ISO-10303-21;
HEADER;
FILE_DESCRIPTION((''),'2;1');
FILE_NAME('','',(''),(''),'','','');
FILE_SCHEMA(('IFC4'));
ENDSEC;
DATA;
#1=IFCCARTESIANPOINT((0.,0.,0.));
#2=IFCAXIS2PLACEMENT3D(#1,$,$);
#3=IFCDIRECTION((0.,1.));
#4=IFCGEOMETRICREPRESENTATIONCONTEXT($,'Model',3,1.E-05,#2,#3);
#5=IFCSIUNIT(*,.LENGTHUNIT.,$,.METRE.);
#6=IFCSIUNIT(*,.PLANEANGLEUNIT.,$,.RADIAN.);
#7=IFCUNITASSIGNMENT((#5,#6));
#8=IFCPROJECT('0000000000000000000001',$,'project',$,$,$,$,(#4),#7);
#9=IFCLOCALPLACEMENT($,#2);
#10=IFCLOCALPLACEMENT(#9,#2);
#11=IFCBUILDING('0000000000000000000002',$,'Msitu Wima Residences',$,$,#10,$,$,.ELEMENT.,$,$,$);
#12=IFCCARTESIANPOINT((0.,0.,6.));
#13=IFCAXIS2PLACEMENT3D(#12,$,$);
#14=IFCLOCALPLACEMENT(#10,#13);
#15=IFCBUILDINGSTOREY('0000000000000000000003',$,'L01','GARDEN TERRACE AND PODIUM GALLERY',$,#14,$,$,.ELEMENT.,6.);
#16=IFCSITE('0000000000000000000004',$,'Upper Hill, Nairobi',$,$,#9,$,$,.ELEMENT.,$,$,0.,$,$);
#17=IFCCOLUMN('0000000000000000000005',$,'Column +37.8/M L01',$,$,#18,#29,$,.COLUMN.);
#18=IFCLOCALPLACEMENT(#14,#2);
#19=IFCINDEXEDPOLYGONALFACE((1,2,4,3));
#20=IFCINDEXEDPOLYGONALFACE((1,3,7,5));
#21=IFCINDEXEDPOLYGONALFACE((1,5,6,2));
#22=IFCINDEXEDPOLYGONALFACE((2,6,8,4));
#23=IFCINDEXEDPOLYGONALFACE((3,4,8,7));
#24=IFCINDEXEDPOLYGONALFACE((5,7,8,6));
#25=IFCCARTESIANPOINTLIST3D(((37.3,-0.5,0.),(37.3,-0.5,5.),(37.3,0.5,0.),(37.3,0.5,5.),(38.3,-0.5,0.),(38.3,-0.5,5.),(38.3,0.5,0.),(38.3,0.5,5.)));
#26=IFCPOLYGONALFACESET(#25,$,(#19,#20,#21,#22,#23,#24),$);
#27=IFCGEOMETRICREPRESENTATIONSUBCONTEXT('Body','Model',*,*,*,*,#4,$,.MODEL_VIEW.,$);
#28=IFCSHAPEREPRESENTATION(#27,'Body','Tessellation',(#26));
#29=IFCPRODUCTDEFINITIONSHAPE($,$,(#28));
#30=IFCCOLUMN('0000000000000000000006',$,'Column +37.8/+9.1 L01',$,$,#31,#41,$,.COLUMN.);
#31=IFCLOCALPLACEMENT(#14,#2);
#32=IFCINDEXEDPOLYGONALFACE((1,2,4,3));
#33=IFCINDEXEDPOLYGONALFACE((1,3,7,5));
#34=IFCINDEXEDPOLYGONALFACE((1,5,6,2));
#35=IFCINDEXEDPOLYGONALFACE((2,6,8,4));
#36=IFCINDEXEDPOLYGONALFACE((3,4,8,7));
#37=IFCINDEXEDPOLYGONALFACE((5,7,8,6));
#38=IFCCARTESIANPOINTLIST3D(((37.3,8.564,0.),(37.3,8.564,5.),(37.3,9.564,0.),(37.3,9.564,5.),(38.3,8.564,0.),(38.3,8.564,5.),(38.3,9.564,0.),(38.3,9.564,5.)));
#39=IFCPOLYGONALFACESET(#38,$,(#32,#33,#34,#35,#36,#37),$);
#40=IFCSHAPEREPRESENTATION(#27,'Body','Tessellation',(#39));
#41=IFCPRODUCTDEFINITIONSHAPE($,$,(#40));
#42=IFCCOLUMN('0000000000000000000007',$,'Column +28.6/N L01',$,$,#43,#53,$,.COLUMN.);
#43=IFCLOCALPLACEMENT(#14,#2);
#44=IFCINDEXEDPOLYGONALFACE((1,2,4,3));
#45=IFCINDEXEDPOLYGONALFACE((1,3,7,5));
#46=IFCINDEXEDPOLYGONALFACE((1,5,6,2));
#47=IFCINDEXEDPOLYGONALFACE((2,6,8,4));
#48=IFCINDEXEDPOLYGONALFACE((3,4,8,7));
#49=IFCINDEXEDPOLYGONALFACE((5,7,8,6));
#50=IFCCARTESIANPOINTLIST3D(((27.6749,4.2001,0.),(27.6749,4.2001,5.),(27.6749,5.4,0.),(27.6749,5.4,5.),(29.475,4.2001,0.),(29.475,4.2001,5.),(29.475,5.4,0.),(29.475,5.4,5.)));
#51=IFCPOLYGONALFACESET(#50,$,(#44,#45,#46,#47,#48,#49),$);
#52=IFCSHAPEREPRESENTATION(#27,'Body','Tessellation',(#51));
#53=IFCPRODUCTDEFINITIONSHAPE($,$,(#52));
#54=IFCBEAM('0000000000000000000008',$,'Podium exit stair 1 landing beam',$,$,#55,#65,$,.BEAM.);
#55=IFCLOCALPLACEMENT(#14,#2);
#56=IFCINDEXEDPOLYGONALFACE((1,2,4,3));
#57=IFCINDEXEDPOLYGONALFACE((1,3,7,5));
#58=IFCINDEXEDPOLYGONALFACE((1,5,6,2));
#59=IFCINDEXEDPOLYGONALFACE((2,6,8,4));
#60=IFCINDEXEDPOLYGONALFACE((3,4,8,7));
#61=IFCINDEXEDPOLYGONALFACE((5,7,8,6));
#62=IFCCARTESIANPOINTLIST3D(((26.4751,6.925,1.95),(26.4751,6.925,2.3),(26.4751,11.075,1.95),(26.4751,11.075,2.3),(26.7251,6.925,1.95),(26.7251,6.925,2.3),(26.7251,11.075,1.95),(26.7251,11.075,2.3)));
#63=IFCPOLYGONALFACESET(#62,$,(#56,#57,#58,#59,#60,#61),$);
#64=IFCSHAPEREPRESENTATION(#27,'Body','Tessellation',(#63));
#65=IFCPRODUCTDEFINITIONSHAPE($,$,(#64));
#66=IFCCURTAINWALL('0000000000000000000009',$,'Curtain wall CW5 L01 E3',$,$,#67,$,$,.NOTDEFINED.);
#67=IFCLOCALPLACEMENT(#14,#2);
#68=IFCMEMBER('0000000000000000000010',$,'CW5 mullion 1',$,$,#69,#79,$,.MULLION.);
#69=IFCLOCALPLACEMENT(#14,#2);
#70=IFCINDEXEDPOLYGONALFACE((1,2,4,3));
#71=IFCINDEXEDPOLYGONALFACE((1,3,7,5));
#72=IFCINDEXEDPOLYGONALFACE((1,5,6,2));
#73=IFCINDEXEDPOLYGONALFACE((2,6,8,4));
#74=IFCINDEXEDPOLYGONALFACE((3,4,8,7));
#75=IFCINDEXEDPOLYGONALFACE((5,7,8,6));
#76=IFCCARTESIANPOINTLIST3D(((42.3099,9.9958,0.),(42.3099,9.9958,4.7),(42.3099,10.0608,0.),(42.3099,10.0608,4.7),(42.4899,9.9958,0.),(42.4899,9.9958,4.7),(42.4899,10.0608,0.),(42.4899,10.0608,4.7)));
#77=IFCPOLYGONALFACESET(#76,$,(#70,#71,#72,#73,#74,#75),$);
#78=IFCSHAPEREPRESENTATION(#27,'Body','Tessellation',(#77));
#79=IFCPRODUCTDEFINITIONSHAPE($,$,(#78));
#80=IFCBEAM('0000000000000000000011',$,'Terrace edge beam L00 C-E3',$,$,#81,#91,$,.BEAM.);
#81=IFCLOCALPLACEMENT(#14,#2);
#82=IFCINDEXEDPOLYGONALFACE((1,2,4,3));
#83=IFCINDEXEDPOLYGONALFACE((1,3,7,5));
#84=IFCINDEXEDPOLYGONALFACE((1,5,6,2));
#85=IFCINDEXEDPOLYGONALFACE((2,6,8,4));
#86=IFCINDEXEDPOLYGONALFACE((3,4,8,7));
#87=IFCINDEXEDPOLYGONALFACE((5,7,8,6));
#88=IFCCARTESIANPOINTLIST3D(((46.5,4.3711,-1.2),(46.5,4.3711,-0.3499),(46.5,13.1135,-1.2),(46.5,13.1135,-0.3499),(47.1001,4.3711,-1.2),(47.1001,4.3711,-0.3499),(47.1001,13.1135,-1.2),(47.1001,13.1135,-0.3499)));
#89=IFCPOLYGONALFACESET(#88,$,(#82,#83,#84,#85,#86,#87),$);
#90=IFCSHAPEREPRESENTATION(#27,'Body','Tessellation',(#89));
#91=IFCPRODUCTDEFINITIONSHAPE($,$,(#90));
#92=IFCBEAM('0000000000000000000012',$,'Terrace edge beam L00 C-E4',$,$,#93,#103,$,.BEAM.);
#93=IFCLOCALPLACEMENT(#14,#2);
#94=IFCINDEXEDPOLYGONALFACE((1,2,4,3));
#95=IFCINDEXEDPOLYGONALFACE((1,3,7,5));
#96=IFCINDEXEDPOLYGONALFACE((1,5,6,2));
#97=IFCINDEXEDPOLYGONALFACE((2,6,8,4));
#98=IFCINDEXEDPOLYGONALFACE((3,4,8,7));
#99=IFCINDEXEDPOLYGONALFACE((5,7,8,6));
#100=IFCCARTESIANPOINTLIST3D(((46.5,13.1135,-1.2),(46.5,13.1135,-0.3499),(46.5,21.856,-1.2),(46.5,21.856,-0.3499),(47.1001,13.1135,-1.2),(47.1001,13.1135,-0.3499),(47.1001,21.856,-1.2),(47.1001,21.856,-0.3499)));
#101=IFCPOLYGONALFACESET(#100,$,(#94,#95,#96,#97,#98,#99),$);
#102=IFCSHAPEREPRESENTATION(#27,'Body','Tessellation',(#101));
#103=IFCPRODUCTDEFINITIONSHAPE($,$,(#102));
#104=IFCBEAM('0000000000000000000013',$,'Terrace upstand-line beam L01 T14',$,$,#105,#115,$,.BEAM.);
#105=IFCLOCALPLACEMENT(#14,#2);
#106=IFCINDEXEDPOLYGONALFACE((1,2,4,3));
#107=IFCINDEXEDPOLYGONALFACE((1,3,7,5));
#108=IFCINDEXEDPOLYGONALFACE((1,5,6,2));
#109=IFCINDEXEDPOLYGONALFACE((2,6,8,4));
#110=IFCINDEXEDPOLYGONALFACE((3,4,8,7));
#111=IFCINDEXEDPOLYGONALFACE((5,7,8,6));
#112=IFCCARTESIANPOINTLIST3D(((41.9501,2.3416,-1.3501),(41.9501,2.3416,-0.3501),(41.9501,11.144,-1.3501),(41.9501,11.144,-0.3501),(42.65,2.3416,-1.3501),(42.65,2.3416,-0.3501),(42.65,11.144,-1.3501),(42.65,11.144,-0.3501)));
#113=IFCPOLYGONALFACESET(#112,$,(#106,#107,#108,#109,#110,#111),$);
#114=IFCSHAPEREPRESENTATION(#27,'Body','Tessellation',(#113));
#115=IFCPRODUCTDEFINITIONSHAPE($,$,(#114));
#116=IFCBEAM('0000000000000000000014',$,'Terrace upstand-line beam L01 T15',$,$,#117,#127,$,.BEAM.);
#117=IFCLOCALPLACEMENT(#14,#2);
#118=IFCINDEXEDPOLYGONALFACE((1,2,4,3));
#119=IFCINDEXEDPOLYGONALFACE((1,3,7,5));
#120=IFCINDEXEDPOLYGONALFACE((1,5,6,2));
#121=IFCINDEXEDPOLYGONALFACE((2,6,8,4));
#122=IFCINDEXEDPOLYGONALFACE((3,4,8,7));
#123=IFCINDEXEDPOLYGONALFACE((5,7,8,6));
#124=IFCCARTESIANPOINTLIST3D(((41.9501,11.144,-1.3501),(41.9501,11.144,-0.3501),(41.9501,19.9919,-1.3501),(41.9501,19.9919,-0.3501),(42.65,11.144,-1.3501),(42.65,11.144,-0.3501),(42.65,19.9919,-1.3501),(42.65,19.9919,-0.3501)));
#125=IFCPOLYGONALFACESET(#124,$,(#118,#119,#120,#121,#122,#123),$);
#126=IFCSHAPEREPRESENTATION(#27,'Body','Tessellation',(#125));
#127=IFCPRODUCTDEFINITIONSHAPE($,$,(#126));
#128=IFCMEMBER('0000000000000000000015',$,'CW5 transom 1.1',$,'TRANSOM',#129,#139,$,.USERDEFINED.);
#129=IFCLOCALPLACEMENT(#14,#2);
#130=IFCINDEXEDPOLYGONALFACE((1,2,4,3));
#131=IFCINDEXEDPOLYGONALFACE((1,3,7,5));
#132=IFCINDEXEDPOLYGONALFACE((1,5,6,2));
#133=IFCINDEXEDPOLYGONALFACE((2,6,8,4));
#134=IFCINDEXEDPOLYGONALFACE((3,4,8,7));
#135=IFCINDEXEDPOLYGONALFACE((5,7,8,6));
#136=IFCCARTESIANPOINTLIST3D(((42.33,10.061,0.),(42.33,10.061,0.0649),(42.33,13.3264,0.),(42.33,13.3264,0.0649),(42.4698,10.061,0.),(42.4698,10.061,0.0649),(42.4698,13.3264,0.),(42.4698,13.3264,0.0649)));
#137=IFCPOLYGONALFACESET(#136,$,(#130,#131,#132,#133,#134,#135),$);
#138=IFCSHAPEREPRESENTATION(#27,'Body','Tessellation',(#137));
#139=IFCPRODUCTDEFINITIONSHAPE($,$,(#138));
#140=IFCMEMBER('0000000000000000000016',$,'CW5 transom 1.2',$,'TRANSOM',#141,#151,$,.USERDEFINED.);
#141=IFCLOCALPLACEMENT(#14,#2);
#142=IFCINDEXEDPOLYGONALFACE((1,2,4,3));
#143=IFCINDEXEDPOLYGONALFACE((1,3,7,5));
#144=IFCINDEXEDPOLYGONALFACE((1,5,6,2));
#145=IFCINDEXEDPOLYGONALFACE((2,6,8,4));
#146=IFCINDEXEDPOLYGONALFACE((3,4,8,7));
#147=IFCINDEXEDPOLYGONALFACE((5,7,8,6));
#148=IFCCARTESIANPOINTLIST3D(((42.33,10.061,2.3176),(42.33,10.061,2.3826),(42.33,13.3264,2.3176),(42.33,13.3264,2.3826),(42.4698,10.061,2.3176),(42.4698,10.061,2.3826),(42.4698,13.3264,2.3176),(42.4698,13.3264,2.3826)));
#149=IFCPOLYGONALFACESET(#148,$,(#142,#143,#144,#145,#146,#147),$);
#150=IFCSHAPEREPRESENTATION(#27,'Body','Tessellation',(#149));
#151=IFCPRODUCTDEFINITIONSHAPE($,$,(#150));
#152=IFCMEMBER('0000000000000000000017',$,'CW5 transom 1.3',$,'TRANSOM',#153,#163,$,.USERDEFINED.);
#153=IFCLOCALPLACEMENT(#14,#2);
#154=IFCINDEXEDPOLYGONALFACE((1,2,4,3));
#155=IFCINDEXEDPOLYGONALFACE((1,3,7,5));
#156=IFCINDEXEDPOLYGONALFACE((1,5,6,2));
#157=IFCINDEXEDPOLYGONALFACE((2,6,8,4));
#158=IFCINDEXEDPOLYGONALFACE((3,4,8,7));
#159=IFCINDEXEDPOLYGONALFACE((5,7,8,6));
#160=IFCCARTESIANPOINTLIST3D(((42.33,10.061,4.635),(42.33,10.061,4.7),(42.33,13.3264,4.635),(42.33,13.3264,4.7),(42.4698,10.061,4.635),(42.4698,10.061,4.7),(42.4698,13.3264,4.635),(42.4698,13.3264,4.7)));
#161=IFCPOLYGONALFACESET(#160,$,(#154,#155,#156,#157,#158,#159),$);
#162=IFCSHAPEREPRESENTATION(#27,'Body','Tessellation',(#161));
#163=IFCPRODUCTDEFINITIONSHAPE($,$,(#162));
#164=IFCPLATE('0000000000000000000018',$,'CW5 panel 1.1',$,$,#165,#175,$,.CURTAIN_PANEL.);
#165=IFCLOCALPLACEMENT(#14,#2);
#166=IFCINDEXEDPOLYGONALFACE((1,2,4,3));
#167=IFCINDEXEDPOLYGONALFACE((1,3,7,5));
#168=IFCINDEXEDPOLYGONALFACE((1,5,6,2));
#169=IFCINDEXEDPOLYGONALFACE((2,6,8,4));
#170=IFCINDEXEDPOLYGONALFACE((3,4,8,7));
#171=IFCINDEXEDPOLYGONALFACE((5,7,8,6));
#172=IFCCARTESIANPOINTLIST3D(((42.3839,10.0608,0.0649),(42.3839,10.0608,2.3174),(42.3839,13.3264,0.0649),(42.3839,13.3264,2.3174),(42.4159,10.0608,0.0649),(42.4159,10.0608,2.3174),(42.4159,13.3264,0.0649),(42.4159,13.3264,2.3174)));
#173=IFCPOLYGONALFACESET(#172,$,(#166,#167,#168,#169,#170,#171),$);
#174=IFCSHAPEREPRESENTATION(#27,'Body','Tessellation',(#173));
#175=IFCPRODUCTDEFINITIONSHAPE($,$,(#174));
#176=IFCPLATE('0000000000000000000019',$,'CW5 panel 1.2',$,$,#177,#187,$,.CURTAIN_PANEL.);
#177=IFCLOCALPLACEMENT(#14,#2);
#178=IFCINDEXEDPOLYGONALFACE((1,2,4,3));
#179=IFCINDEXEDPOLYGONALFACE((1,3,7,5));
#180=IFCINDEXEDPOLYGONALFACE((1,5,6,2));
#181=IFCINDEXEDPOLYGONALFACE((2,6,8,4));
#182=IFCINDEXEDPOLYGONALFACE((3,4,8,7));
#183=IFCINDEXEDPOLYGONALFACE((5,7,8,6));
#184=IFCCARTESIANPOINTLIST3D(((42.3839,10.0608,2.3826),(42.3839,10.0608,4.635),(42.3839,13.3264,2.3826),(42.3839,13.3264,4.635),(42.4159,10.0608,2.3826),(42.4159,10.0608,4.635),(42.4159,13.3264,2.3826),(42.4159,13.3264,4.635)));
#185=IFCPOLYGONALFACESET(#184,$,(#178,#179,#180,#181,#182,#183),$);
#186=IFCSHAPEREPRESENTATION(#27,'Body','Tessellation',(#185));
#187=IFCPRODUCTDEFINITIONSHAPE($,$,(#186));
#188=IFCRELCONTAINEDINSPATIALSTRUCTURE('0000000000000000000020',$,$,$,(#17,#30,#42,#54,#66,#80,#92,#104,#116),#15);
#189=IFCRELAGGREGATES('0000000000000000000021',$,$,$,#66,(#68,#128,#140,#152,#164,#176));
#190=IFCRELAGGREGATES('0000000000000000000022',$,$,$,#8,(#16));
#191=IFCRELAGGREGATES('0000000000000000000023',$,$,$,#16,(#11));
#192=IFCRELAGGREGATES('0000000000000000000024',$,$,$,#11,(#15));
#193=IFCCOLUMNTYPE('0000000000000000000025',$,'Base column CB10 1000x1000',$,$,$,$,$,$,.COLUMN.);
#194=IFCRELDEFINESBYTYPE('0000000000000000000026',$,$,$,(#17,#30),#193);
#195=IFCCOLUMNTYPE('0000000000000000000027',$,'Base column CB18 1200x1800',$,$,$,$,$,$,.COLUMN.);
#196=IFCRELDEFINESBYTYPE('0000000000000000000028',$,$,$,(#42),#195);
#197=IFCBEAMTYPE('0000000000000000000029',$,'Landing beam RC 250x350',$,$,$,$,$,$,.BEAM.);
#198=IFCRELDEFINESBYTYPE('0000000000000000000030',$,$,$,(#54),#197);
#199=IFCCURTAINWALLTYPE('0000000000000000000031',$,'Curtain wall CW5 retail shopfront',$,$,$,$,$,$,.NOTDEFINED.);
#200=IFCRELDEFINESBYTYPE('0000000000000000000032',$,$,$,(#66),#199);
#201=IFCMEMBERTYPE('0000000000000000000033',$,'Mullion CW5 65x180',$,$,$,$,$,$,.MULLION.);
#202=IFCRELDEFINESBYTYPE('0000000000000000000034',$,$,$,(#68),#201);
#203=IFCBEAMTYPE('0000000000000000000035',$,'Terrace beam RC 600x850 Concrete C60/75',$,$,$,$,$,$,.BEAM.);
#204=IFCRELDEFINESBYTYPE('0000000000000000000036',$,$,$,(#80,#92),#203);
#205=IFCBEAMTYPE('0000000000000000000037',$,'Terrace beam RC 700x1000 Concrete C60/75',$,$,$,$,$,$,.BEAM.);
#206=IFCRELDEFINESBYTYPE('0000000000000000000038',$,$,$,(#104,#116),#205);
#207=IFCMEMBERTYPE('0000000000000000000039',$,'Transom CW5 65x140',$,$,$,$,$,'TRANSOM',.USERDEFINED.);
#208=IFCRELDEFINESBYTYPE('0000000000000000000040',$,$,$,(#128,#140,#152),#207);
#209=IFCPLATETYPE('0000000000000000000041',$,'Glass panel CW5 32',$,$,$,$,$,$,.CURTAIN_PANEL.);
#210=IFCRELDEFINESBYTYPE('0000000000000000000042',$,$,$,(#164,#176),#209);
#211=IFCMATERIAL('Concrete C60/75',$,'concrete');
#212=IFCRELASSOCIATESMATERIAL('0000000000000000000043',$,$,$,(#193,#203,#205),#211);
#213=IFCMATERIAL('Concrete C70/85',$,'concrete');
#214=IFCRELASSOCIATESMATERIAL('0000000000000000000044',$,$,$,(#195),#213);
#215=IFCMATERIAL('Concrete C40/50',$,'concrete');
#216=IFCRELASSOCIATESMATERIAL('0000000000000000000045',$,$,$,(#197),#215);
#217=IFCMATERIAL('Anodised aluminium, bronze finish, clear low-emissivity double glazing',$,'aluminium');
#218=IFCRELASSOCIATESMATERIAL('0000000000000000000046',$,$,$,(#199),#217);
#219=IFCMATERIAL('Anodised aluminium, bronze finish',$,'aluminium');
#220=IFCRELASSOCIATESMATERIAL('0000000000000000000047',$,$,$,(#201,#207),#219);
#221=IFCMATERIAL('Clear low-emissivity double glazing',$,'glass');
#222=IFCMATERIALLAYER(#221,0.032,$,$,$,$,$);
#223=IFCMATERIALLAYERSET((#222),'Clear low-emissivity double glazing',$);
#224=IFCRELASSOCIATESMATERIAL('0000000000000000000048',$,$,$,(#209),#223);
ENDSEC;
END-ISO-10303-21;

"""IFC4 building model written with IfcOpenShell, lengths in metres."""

from ifc_helpers import new_model, si_unit, direction, frame, origin, origin_2d, place, context, subcontext, project, spatial, rectangle, extrude, material, layer, layer_set, material_profile, profile_set, type_object, element, aggregate, save


model = new_model("IFC4")

# Units and contexts
model_context = context("Model", 3, precision=1e-05, world=origin(), true_north=direction((0.0, 1.0)))
body_context = subcontext(model_context, "Body", "Model", "MODEL_VIEW")
ifc_project = project(units=[si_unit("LENGTHUNIT", "METRE"), si_unit("PLANEANGLEUNIT", "RADIAN")], contexts=[model_context])

# Site, building, storey
site_placement = place(None, origin())
site = spatial("IfcSite", under=ifc_project, at=site_placement, Name="Upper Hill, Nairobi", CompositionType="ELEMENT", RefElevation=0.0)
building_placement = place(site_placement, origin())
building = spatial("IfcBuilding", under=site, at=building_placement, Name="Msitu Wima Residences", CompositionType="ELEMENT")
storey_placement = place(building_placement, frame((0.0, 0.0, 6.0)))
storey = spatial("IfcBuildingStorey", under=building, at=storey_placement, Name="L01", Description="GARDEN TERRACE AND PODIUM GALLERY", CompositionType="ELEMENT", Elevation=6.0)

# Columns
ifc_material_1 = material(Name="Concrete C60/75", Category="concrete")
ifc_material_profile_1 = material_profile(ifc_material_1, rectangle(XDim=1.0, YDim=1.0, at=origin_2d()), Name="RC 1000x1000")
ifc_profile_set_1 = profile_set([ifc_material_profile_1], Name="Concrete C60/75")
column_type_1 = type_object("IfcColumnType", Name="Base column CB10 1000x1000", PredefinedType="COLUMN", material=ifc_profile_set_1)
for number, where, z_axis, x_axis, name in (
    (1, (37.8, 0.0, 0.0), (0.0, 0.0, 1.0), (1.0, 0.0, 0.0), "Column +37.8/M L01"),
    (2, (37.8, 9.064, 0.0), (0.0, 0.0, 1.0), (1.0, 0.0, 0.0), "Column +37.8/+9.1 L01"),
):
    element("IfcColumn", number, at=place(storey_placement, frame(where, z_axis=z_axis, x_axis=x_axis)), inside=storey, type_object=column_type_1, Name=name, PredefinedType="COLUMN", context=body_context, shape_type="SweptSolid", body=[
        extrude(rectangle(XDim=1.0, YDim=1.0, at=origin_2d()), origin(), (0.0, 0.0, 1.0), 5.0),
    ])
ifc_material_2 = material(Name="Concrete C70/85", Category="concrete")
ifc_material_profile_2 = material_profile(ifc_material_2, rectangle(XDim=1.2, YDim=1.8, at=origin_2d()), Name="RC 1200x1800")
ifc_profile_set_2 = profile_set([ifc_material_profile_2], Name="Concrete C70/85")
column_type_2 = type_object("IfcColumnType", Name="Base column CB18 1200x1800", PredefinedType="COLUMN", material=ifc_profile_set_2)
column_placement = place(storey_placement, frame((28.575, 4.8, 0.0), z_axis=(0.0, 0.0, 1.0), x_axis=(0.0, 1.0, 0.0)))
element("IfcColumn", 3, at=column_placement, inside=storey, type_object=column_type_2, Name="Column +28.6/N L01", PredefinedType="COLUMN", context=body_context, shape_type="SweptSolid", body=[
    extrude(rectangle(XDim=1.2, YDim=1.8, at=origin_2d()), origin(), (0.0, 0.0, 1.0), 5.0),
])

# Beam
ifc_material_3 = material(Name="Concrete C40/50", Category="concrete")
ifc_material_profile_3 = material_profile(ifc_material_3, rectangle(XDim=0.25, YDim=0.3501, at=origin_2d()), Name="RC 250x350")
ifc_profile_set_3 = profile_set([ifc_material_profile_3], Name="Concrete C40/50")
beam_type_1 = type_object("IfcBeamType", Name="Landing beam RC 250x350", PredefinedType="BEAM", material=ifc_profile_set_3)
beam_1_placement = place(storey_placement, frame((26.6001, 6.925, 2.125), z_axis=(0.0, 1.0, 0.0), x_axis=(-1.0, 0.0, 0.0)))
element("IfcBeam", 4, at=beam_1_placement, inside=storey, type_object=beam_type_1, Name="Podium exit stair 1 landing beam", PredefinedType="BEAM", context=body_context, shape_type="SweptSolid", body=[
    extrude(rectangle(XDim=0.25, YDim=0.3501, at=origin_2d()), origin(), (0.0, 0.0, 1.0), 4.1499),
])

# Curtain wall, member
ifc_material_4 = material(Name="Anodised aluminium, bronze finish, clear low-emissivity double glazing", Category="aluminium")
curtain_wall_type = type_object("IfcCurtainWallType", Name="Curtain wall CW5 retail shopfront", PredefinedType="NOTDEFINED", material=ifc_material_4)
curtain_wall_placement = place(storey_placement, origin())
curtain_wall = element("IfcCurtainWall", 5, at=curtain_wall_placement, inside=storey, type_object=curtain_wall_type, Name="Curtain wall CW5 L01 E3", PredefinedType="NOTDEFINED")
ifc_material_5 = material(Name="Anodised aluminium, bronze finish", Category="aluminium")
ifc_material_profile_4 = material_profile(ifc_material_5, rectangle(XDim=0.1799, YDim=0.0649, at=origin_2d()), Name="Mullion 65x180")
ifc_profile_set_4 = profile_set([ifc_material_profile_4], Name="Anodised aluminium, bronze finish")
member_type_1 = type_object("IfcMemberType", Name="Mullion CW5 65x180", PredefinedType="MULLION", material=ifc_profile_set_4)
member_1_placement = place(storey_placement, frame((42.3999, 10.0283, 0.0), z_axis=(0.0, 0.0, 1.0), x_axis=(-1.0, 0.0, 0.0)))
member_1 = element("IfcMember", 6, at=member_1_placement, type_object=member_type_1, Name="CW5 mullion 1", PredefinedType="MULLION", context=body_context, shape_type="SweptSolid", body=[
    extrude(rectangle(XDim=0.1799, YDim=0.0649, at=origin_2d()), origin(), (0.0, 0.0, 1.0), 4.7),
])

# Beams
ifc_material_profile_5 = material_profile(ifc_material_1, rectangle(XDim=0.6001, YDim=0.8501, at=origin_2d()), Name="RC 600x850")
ifc_profile_set_5 = profile_set([ifc_material_profile_5], Name="Concrete C60/75")
beam_type_2 = type_object("IfcBeamType", Name="Terrace beam RC 600x850 Concrete C60/75", PredefinedType="BEAM", material=ifc_profile_set_5)
for number, where, z_axis, x_axis, name in (
    (7, (46.8, 4.3711, -0.7749), (0.0, 1.0, 0.0), (-1.0, 0.0, 0.0), "Terrace edge beam L00 C-E3"),
    (8, (46.8, 13.1135, -0.7749), (0.0, 1.0, 0.0), (-1.0, 0.0, 0.0), "Terrace edge beam L00 C-E4"),
):
    element("IfcBeam", number, at=place(storey_placement, frame(where, z_axis=z_axis, x_axis=x_axis)), inside=storey, type_object=beam_type_2, Name=name, PredefinedType="BEAM", context=body_context, shape_type="SweptSolid", body=[
        extrude(rectangle(XDim=0.6001, YDim=0.8501, at=origin_2d()), origin(), (0.0, 0.0, 1.0), 8.7424),
    ])
ifc_material_profile_6 = material_profile(ifc_material_1, rectangle(XDim=0.7, YDim=1.0, at=origin_2d()), Name="RC 700x1000")
ifc_profile_set_6 = profile_set([ifc_material_profile_6], Name="Concrete C60/75")
beam_type_3 = type_object("IfcBeamType", Name="Terrace beam RC 700x1000 Concrete C60/75", PredefinedType="BEAM", material=ifc_profile_set_6)
beam_2_placement = place(storey_placement, frame((42.3, 2.3416, -0.8501), z_axis=(0.0, 1.0, 0.0), x_axis=(-1.0, 0.0, 0.0)))
element("IfcBeam", 9, at=beam_2_placement, inside=storey, type_object=beam_type_3, Name="Terrace upstand-line beam L01 T14", PredefinedType="BEAM", context=body_context, shape_type="SweptSolid", body=[
    extrude(rectangle(XDim=0.7, YDim=1.0, at=origin_2d()), origin(), (0.0, 0.0, 1.0), 8.8025),
])
beam_3_placement = place(storey_placement, frame((42.3, 11.144, -0.8501), z_axis=(0.0, 1.0, 0.0), x_axis=(-1.0, 0.0, 0.0)))
element("IfcBeam", 10, at=beam_3_placement, inside=storey, type_object=beam_type_3, Name="Terrace upstand-line beam L01 T15", PredefinedType="BEAM", context=body_context, shape_type="SweptSolid", body=[
    extrude(rectangle(XDim=0.7, YDim=1.0, at=origin_2d()), origin(), (0.0, 0.0, 1.0), 8.8479),
])

# Members
ifc_material_profile_7 = material_profile(ifc_material_5, rectangle(XDim=0.1399, YDim=0.0649, at=origin_2d()), Name="Transom 65x140")
ifc_profile_set_7 = profile_set([ifc_material_profile_7], Name="Anodised aluminium, bronze finish")
member_type_2 = type_object("IfcMemberType", Name="Transom CW5 65x140", ElementType="TRANSOM", PredefinedType="USERDEFINED", material=ifc_profile_set_7)
member_2_placement = place(storey_placement, frame((42.3999, 10.061, 0.0325), z_axis=(0.0, 1.0, 0.0), x_axis=(-1.0, 0.0, 0.0)))
member_2 = element("IfcMember", 11, at=member_2_placement, type_object=member_type_2, Name="CW5 transom 1.1", ObjectType="TRANSOM", PredefinedType="USERDEFINED", context=body_context, shape_type="SweptSolid", body=[
    extrude(rectangle(XDim=0.1399, YDim=0.0649, at=origin_2d()), origin(), (0.0, 0.0, 1.0), 3.2654),
])
member_3_placement = place(storey_placement, frame((42.3999, 10.061, 2.3501), z_axis=(0.0, 1.0, 0.0), x_axis=(-1.0, 0.0, 0.0)))
member_3 = element("IfcMember", 12, at=member_3_placement, type_object=member_type_2, Name="CW5 transom 1.2", ObjectType="TRANSOM", PredefinedType="USERDEFINED", context=body_context, shape_type="SweptSolid", body=[
    extrude(rectangle(XDim=0.1399, YDim=0.0649, at=origin_2d()), origin(), (0.0, 0.0, 1.0), 3.2654),
])
member_4_placement = place(storey_placement, frame((42.3999, 10.061, 4.6675), z_axis=(0.0, 1.0, 0.0), x_axis=(-1.0, 0.0, 0.0)))
member_4 = element("IfcMember", 13, at=member_4_placement, type_object=member_type_2, Name="CW5 transom 1.3", ObjectType="TRANSOM", PredefinedType="USERDEFINED", context=body_context, shape_type="SweptSolid", body=[
    extrude(rectangle(XDim=0.1399, YDim=0.0649, at=origin_2d()), origin(), (0.0, 0.0, 1.0), 3.2654),
])

# Plates
ifc_material_6 = material(Name="Clear low-emissivity double glazing", Category="glass")
ifc_layer_1 = layer(ifc_material_6, 0.032)
ifc_layer_set_1 = layer_set([ifc_layer_1], Name="Clear low-emissivity double glazing")
plate_type = type_object("IfcPlateType", Name="Glass panel CW5 32", PredefinedType="CURTAIN_PANEL", material=ifc_layer_set_1)
plate_1_placement = place(storey_placement, frame((42.3999, 11.6936, 0.0649), z_axis=(0.0, 0.0, 1.0), x_axis=(0.0, 1.0, 0.0)))
plate_1 = element("IfcPlate", 14, at=plate_1_placement, type_object=plate_type, Name="CW5 panel 1.1", PredefinedType="CURTAIN_PANEL", context=body_context, shape_type="SweptSolid", body=[
    extrude(rectangle(XDim=3.2656, YDim=0.032, at=origin_2d()), origin(), (0.0, 0.0, 1.0), 2.2524),
])
plate_2_placement = place(storey_placement, frame((42.3999, 11.6936, 2.3826), z_axis=(0.0, 0.0, 1.0), x_axis=(0.0, 1.0, 0.0)))
plate_2 = element("IfcPlate", 15, at=plate_2_placement, type_object=plate_type, Name="CW5 panel 1.2", PredefinedType="CURTAIN_PANEL", context=body_context, shape_type="SweptSolid", body=[
    extrude(rectangle(XDim=3.2656, YDim=0.032, at=origin_2d()), origin(), (0.0, 0.0, 1.0), 2.2524),
])
aggregate(curtain_wall, [member_1, member_2, member_3, member_4, plate_1, plate_2])

save(model, "model.ifc")
